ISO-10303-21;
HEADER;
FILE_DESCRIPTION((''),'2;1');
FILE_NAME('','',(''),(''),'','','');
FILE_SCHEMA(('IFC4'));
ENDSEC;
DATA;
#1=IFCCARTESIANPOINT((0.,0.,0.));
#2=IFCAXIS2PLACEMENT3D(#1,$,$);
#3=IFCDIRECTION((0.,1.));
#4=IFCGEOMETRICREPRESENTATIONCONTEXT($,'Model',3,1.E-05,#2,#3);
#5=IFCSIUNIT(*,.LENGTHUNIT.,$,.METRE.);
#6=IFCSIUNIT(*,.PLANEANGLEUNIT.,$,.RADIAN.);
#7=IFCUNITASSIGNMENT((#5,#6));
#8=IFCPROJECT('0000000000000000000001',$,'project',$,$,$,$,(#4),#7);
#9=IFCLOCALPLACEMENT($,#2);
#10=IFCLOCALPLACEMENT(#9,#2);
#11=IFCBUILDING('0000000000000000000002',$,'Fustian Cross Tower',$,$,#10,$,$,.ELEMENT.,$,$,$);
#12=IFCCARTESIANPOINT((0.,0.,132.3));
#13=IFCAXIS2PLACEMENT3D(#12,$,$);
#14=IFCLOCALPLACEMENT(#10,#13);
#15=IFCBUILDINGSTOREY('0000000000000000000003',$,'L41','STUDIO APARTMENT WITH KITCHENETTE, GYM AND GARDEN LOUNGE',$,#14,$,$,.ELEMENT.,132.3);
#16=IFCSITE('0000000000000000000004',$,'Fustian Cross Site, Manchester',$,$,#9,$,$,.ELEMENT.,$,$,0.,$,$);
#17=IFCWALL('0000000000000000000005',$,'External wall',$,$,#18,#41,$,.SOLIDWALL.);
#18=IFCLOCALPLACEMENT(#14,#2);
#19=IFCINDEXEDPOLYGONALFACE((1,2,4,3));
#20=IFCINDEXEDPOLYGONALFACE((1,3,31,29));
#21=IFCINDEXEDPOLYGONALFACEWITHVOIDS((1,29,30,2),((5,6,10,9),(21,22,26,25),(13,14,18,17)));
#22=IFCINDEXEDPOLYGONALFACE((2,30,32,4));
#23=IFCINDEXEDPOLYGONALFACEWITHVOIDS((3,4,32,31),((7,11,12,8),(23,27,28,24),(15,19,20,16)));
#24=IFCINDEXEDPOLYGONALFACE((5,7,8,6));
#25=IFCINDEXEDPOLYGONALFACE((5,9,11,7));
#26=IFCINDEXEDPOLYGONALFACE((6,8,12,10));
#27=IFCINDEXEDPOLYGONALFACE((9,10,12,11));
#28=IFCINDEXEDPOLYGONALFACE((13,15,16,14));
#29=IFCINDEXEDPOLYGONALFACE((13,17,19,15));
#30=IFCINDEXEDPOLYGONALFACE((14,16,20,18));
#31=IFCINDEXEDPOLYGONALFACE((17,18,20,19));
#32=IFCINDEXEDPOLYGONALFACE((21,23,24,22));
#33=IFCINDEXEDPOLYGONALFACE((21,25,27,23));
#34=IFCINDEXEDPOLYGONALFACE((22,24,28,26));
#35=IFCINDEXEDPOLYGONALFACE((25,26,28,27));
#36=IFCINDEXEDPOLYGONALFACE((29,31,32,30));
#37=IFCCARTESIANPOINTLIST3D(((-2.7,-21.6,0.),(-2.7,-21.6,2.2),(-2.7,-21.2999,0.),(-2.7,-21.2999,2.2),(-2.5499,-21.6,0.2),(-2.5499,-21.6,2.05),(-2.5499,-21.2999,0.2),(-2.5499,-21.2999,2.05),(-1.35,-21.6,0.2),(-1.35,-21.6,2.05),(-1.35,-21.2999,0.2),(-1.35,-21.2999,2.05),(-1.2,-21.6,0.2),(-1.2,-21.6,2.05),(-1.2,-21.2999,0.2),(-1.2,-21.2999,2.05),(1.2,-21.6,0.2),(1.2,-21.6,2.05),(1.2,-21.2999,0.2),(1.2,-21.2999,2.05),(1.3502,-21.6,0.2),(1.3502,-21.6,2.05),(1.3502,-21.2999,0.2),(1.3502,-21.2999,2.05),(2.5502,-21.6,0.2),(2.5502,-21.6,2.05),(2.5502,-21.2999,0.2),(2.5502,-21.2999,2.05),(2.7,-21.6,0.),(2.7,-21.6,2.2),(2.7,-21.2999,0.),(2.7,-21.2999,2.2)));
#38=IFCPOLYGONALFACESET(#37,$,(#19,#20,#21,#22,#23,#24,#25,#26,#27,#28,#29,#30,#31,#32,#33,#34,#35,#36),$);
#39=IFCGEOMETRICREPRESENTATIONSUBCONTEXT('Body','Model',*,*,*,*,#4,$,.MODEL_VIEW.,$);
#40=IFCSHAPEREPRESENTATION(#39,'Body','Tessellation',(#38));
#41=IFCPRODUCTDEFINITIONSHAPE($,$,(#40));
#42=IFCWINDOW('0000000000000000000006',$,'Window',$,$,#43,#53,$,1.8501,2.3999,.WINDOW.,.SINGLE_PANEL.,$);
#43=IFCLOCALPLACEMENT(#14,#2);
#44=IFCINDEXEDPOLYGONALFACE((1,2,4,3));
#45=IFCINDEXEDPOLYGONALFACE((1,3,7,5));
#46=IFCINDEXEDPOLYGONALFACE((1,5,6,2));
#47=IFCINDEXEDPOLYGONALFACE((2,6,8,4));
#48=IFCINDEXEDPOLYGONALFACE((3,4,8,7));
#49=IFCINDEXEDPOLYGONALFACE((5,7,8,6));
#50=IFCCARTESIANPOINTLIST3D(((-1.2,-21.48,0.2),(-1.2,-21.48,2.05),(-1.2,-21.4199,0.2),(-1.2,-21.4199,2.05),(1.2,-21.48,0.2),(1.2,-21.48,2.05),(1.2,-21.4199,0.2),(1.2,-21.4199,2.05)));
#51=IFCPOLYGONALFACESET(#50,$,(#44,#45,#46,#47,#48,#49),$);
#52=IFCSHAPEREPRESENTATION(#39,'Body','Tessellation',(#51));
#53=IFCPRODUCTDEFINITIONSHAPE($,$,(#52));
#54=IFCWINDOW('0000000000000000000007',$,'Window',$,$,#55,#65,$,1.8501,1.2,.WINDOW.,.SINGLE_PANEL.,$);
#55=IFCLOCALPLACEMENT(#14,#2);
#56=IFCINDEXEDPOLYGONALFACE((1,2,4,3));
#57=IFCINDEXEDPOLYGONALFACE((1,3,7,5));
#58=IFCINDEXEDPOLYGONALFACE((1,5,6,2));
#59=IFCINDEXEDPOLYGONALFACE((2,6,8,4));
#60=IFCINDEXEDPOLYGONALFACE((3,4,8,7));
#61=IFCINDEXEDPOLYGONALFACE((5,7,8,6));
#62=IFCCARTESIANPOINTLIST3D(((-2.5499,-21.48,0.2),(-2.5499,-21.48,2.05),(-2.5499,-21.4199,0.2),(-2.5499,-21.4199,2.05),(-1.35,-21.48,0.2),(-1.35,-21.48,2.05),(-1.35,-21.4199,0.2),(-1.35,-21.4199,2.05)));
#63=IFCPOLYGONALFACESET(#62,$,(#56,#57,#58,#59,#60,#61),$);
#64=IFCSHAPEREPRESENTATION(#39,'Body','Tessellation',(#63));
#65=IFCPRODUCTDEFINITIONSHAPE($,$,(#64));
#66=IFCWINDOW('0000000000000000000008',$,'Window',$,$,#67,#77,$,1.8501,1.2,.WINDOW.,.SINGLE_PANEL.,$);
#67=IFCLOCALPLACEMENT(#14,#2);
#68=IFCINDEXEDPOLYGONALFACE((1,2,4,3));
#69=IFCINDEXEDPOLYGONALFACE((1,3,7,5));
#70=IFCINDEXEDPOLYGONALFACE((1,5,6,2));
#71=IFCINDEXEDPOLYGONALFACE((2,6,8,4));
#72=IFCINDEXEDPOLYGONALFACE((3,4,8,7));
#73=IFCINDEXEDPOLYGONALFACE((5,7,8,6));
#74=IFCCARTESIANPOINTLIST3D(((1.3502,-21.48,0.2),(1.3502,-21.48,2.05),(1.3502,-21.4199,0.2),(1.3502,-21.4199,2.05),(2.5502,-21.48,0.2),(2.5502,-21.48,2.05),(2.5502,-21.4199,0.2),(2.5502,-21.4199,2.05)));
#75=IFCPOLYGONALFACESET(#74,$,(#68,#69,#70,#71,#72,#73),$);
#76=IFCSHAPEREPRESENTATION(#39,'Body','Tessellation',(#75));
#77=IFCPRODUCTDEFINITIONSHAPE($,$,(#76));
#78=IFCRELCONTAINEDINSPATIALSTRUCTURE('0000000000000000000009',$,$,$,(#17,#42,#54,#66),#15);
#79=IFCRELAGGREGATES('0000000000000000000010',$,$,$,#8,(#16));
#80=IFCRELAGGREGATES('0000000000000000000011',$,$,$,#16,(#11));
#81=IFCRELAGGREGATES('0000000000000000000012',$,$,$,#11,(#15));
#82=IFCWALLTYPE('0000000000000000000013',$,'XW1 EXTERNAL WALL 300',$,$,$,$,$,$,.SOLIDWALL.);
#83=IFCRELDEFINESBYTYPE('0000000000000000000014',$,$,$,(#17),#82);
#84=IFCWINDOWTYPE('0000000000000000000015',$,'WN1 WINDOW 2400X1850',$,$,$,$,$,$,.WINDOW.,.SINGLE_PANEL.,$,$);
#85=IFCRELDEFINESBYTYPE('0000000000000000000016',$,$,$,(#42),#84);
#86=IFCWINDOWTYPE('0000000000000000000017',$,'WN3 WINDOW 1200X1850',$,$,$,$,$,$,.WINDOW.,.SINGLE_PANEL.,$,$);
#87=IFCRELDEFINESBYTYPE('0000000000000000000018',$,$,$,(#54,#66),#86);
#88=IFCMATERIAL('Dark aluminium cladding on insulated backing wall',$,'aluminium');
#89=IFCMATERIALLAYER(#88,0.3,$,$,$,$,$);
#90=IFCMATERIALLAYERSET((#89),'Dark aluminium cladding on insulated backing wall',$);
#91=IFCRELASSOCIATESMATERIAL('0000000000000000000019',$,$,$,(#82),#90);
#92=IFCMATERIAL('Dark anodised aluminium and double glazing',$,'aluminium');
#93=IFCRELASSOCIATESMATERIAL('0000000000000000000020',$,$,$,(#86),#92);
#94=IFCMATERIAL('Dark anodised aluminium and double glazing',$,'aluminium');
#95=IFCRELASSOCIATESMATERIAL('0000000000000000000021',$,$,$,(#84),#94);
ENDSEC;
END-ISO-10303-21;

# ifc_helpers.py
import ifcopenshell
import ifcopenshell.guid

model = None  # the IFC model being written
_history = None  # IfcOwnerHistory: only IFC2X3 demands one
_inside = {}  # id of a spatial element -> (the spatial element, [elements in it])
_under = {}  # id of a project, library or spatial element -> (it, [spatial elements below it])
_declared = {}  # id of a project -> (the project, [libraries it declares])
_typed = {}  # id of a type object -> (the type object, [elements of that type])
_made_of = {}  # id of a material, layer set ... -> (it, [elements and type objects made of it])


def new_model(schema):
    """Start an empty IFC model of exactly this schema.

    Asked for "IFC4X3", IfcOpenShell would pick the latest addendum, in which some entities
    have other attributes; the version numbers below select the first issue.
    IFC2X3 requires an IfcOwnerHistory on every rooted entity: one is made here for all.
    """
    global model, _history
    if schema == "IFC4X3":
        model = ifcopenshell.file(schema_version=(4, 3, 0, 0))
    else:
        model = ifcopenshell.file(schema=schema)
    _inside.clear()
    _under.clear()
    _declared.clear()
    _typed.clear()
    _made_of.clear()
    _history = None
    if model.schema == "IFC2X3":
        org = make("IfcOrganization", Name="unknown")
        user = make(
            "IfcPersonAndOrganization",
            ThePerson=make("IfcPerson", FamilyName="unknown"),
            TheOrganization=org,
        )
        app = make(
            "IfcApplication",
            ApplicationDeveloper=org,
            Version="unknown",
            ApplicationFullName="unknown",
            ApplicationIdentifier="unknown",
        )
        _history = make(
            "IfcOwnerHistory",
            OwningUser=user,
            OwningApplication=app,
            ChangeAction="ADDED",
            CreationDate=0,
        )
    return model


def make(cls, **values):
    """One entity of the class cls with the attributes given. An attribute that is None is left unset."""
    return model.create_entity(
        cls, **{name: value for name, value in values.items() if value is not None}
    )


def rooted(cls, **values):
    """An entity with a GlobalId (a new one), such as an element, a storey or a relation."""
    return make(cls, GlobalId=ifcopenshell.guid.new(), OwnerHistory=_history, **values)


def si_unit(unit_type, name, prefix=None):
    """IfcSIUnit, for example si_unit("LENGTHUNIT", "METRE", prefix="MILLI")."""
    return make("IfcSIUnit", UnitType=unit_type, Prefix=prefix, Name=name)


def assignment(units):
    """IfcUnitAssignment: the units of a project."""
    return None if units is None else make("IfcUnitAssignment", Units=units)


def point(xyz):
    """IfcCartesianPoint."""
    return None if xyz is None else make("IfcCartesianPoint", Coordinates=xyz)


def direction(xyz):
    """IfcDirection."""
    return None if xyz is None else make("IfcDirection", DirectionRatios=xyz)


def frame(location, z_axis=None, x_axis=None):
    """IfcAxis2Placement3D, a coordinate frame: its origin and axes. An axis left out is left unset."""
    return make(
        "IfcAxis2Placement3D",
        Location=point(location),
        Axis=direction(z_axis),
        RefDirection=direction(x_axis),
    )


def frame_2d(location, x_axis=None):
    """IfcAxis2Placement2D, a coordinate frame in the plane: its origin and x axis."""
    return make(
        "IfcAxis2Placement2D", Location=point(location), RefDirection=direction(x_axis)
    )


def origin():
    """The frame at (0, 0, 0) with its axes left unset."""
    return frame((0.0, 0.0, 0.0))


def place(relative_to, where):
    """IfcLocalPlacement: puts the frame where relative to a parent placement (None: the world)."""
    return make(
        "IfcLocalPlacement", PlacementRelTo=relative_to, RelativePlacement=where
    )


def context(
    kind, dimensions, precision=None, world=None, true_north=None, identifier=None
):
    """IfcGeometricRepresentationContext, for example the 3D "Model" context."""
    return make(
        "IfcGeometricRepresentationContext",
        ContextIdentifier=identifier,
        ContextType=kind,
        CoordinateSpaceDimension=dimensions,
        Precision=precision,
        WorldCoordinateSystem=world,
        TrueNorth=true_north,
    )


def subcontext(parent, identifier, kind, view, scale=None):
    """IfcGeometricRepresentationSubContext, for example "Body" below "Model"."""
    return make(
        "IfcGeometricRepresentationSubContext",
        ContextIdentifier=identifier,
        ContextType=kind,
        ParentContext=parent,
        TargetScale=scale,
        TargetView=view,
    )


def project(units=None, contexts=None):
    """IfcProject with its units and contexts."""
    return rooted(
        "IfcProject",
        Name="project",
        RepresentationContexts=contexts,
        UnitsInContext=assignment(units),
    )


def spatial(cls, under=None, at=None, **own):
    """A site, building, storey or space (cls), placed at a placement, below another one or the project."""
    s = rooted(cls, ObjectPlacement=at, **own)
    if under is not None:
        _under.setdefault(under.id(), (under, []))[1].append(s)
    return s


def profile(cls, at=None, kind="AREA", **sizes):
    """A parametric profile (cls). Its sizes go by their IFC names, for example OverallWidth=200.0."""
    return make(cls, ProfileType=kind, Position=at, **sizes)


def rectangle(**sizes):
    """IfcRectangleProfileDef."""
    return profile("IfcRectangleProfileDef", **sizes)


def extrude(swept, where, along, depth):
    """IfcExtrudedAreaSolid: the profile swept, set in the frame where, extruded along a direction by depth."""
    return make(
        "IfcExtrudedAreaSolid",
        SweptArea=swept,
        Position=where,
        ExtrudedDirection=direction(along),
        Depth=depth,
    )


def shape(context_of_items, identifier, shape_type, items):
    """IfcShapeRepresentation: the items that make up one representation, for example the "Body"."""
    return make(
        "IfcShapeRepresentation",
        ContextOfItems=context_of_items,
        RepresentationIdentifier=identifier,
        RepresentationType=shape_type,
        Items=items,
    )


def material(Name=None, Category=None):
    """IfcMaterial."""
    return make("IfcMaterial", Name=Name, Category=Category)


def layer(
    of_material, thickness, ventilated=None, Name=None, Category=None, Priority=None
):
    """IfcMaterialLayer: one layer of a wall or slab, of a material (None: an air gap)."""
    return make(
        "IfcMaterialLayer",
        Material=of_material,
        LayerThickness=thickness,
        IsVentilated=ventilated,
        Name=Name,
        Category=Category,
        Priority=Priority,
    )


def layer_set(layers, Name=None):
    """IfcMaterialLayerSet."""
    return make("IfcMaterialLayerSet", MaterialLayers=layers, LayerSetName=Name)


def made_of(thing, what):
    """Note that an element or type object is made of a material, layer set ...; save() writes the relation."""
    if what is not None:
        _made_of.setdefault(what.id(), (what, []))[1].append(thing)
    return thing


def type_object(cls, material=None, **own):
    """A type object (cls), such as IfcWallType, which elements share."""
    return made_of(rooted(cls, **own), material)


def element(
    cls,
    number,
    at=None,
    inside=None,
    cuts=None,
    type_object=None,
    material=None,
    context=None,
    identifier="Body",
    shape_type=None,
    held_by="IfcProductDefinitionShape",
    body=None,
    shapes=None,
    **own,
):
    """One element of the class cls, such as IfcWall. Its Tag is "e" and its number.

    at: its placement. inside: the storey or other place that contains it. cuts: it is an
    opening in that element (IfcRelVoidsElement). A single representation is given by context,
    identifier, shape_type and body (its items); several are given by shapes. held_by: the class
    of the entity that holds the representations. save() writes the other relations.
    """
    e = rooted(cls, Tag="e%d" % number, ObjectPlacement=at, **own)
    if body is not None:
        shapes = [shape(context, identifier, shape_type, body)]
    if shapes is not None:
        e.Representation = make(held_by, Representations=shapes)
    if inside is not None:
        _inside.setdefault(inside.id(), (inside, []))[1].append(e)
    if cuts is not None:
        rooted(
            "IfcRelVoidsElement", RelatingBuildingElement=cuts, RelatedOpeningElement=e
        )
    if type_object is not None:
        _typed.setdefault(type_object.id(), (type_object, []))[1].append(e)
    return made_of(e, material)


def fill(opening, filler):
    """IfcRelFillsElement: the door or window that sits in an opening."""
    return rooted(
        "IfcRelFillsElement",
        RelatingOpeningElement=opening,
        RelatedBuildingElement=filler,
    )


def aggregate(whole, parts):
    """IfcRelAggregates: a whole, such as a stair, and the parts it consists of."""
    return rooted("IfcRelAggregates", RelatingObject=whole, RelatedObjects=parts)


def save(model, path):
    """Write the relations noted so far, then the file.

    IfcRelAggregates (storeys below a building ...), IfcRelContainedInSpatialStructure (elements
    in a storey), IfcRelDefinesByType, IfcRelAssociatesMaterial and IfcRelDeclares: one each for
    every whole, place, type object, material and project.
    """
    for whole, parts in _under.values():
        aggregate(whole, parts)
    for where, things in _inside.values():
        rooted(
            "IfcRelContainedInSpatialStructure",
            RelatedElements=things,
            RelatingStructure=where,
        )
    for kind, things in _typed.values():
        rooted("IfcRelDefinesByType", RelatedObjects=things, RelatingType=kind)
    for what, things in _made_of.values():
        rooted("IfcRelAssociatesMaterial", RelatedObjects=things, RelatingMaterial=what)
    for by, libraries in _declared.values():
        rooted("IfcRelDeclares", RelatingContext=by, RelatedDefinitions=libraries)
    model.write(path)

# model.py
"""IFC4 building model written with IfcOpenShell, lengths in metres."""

from ifc_helpers import new_model, si_unit, direction, frame, frame_2d, origin, place, context, subcontext, project, spatial, rectangle, extrude, material, layer, layer_set, type_object, element, fill, save


model = new_model("IFC4")

# Units and contexts
model_context = context("Model", 3, precision=1e-05, world=origin(), true_north=direction((0.0, 1.0)))
body_context = subcontext(model_context, "Body", "Model", "MODEL_VIEW")
ifc_project = project(units=[si_unit("LENGTHUNIT", "METRE"), si_unit("PLANEANGLEUNIT", "RADIAN")], contexts=[model_context])

# Site, building, storey
site_placement = place(None, origin())
site = spatial("IfcSite", under=ifc_project, at=site_placement, Name="Fustian Cross Site, Manchester", CompositionType="ELEMENT", RefElevation=0.0)
building_placement = place(site_placement, origin())
building = spatial("IfcBuilding", under=site, at=building_placement, Name="Fustian Cross Tower", CompositionType="ELEMENT")
storey_placement = place(building_placement, frame((0.0, 0.0, 132.3)))
storey = spatial("IfcBuildingStorey", under=building, at=storey_placement, Name="L41", Description="STUDIO APARTMENT WITH KITCHENETTE, GYM AND GARDEN LOUNGE", CompositionType="ELEMENT", Elevation=132.3)

# Shared definitions
ifc_material_1 = material(Name="Dark aluminium cladding on insulated backing wall", Category="aluminium")
ifc_layer_1 = layer(ifc_material_1, 0.3)
ifc_layer_set_1 = layer_set([ifc_layer_1], Name="Dark aluminium cladding on insulated backing wall")
wall_type_1 = type_object("IfcWallType", Name="XW1 EXTERNAL WALL 300", PredefinedType="SOLIDWALL", material=ifc_layer_set_1)
ifc_material_2 = material(Name="Dark anodised aluminium and double glazing", Category="aluminium")
window_type_1 = type_object("IfcWindowType", Name="WN3 WINDOW 1200X1850", PartitioningType="SINGLE_PANEL", PredefinedType="WINDOW", material=ifc_material_2)

# Wall, openings, windows
wall_1_placement = place(storey_placement, frame((-2.7, -21.45, 0.0), z_axis=(0.0, 0.0, 1.0), x_axis=(1.0, 0.0, 0.0)))
wall_1 = element("IfcWall", 1, at=wall_1_placement, inside=storey, type_object=wall_type_1, Name="External wall", PredefinedType="SOLIDWALL", context=body_context, shape_type="SweptSolid", body=[
    extrude(rectangle(XDim=5.3999, YDim=0.3, at=frame_2d((2.7, 0.0))), origin(), (0.0, 0.0, 1.0), 2.2),
])
opening_1_placement = place(wall_1_placement, frame((1.5, 0.0, 0.2)))
opening_1 = element("IfcOpeningElement", 2, at=opening_1_placement, cuts=wall_1, PredefinedType="OPENING", context=body_context, shape_type="SweptSolid", body=[
    extrude(rectangle(XDim=2.3999, YDim=1.8501, at=frame_2d((1.2, 0.925))), frame((0.0, 0.1599, 0.0), z_axis=(0.0, -1.0, 0.0), x_axis=(1.0, 0.0, 0.0)), (0.0, 0.0, 1.0), 0.3201),
])
opening_2_placement = place(wall_1_placement, frame((0.1499, 0.0, 0.2)))
opening_2 = element("IfcOpeningElement", 3, at=opening_2_placement, cuts=wall_1, PredefinedType="OPENING", context=body_context, shape_type="SweptSolid", body=[
    extrude(rectangle(XDim=1.2, YDim=1.8501, at=frame_2d((0.6001, 0.925))), frame((0.0, 0.1599, 0.0), z_axis=(0.0, -1.0, 0.0), x_axis=(1.0, 0.0, 0.0)), (0.0, 0.0, 1.0), 0.3201),
])
opening_3_placement = place(wall_1_placement, frame((4.05, 0.0, 0.2)))
opening_3 = element("IfcOpeningElement", 4, at=opening_3_placement, cuts=wall_1, PredefinedType="OPENING", context=body_context, shape_type="SweptSolid", body=[
    extrude(rectangle(XDim=1.2, YDim=1.8501, at=frame_2d((0.6001, 0.925))), frame((0.0, 0.1599, 0.0), z_axis=(0.0, -1.0, 0.0), x_axis=(1.0, 0.0, 0.0)), (0.0, 0.0, 1.0), 0.3201),
])
ifc_material_3 = material(Name="Dark anodised aluminium and double glazing", Category="aluminium")
window_type_2 = type_object("IfcWindowType", Name="WN1 WINDOW 2400X1850", PartitioningType="SINGLE_PANEL", PredefinedType="WINDOW", material=ifc_material_3)
window_1_placement = place(opening_1_placement, origin())
window_1 = element("IfcWindow", 5, at=window_1_placement, inside=storey, type_object=window_type_2, Name="Window", OverallHeight=1.8501, OverallWidth=2.3999, PartitioningType="SINGLE_PANEL", PredefinedType="WINDOW", context=body_context, shape_type="SweptSolid", body=[
    extrude(rectangle(XDim=2.3999, YDim=1.8501, at=frame_2d((1.2, 0.925))), frame((0.0, 0.03, 0.0), z_axis=(0.0, -1.0, 0.0), x_axis=(1.0, 0.0, 0.0)), (0.0, 0.0, 1.0), 0.0601),
])
fill(opening_1, window_1)
window_2_placement = place(opening_2_placement, origin())
window_2 = element("IfcWindow", 6, at=window_2_placement, inside=storey, type_object=window_type_1, Name="Window", OverallHeight=1.8501, OverallWidth=1.2, PartitioningType="SINGLE_PANEL", PredefinedType="WINDOW", context=body_context, shape_type="SweptSolid", body=[
    extrude(rectangle(XDim=1.2, YDim=1.8501, at=frame_2d((0.6001, 0.925))), frame((0.0, 0.03, 0.0), z_axis=(0.0, -1.0, 0.0), x_axis=(1.0, 0.0, 0.0)), (0.0, 0.0, 1.0), 0.0601),
])
fill(opening_2, window_2)
window_3_placement = place(opening_3_placement, origin())
window_3 = element("IfcWindow", 7, at=window_3_placement, inside=storey, type_object=window_type_1, Name="Window", OverallHeight=1.8501, OverallWidth=1.2, PartitioningType="SINGLE_PANEL", PredefinedType="WINDOW", context=body_context, shape_type="SweptSolid", body=[
    extrude(rectangle(XDim=1.2, YDim=1.8501, at=frame_2d((0.6001, 0.925))), frame((0.0, 0.03, 0.0), z_axis=(0.0, -1.0, 0.0), x_axis=(1.0, 0.0, 0.0)), (0.0, 0.0, 1.0), 0.0601),
])
fill(opening_3, window_3)

save(model, "model.ifc")
